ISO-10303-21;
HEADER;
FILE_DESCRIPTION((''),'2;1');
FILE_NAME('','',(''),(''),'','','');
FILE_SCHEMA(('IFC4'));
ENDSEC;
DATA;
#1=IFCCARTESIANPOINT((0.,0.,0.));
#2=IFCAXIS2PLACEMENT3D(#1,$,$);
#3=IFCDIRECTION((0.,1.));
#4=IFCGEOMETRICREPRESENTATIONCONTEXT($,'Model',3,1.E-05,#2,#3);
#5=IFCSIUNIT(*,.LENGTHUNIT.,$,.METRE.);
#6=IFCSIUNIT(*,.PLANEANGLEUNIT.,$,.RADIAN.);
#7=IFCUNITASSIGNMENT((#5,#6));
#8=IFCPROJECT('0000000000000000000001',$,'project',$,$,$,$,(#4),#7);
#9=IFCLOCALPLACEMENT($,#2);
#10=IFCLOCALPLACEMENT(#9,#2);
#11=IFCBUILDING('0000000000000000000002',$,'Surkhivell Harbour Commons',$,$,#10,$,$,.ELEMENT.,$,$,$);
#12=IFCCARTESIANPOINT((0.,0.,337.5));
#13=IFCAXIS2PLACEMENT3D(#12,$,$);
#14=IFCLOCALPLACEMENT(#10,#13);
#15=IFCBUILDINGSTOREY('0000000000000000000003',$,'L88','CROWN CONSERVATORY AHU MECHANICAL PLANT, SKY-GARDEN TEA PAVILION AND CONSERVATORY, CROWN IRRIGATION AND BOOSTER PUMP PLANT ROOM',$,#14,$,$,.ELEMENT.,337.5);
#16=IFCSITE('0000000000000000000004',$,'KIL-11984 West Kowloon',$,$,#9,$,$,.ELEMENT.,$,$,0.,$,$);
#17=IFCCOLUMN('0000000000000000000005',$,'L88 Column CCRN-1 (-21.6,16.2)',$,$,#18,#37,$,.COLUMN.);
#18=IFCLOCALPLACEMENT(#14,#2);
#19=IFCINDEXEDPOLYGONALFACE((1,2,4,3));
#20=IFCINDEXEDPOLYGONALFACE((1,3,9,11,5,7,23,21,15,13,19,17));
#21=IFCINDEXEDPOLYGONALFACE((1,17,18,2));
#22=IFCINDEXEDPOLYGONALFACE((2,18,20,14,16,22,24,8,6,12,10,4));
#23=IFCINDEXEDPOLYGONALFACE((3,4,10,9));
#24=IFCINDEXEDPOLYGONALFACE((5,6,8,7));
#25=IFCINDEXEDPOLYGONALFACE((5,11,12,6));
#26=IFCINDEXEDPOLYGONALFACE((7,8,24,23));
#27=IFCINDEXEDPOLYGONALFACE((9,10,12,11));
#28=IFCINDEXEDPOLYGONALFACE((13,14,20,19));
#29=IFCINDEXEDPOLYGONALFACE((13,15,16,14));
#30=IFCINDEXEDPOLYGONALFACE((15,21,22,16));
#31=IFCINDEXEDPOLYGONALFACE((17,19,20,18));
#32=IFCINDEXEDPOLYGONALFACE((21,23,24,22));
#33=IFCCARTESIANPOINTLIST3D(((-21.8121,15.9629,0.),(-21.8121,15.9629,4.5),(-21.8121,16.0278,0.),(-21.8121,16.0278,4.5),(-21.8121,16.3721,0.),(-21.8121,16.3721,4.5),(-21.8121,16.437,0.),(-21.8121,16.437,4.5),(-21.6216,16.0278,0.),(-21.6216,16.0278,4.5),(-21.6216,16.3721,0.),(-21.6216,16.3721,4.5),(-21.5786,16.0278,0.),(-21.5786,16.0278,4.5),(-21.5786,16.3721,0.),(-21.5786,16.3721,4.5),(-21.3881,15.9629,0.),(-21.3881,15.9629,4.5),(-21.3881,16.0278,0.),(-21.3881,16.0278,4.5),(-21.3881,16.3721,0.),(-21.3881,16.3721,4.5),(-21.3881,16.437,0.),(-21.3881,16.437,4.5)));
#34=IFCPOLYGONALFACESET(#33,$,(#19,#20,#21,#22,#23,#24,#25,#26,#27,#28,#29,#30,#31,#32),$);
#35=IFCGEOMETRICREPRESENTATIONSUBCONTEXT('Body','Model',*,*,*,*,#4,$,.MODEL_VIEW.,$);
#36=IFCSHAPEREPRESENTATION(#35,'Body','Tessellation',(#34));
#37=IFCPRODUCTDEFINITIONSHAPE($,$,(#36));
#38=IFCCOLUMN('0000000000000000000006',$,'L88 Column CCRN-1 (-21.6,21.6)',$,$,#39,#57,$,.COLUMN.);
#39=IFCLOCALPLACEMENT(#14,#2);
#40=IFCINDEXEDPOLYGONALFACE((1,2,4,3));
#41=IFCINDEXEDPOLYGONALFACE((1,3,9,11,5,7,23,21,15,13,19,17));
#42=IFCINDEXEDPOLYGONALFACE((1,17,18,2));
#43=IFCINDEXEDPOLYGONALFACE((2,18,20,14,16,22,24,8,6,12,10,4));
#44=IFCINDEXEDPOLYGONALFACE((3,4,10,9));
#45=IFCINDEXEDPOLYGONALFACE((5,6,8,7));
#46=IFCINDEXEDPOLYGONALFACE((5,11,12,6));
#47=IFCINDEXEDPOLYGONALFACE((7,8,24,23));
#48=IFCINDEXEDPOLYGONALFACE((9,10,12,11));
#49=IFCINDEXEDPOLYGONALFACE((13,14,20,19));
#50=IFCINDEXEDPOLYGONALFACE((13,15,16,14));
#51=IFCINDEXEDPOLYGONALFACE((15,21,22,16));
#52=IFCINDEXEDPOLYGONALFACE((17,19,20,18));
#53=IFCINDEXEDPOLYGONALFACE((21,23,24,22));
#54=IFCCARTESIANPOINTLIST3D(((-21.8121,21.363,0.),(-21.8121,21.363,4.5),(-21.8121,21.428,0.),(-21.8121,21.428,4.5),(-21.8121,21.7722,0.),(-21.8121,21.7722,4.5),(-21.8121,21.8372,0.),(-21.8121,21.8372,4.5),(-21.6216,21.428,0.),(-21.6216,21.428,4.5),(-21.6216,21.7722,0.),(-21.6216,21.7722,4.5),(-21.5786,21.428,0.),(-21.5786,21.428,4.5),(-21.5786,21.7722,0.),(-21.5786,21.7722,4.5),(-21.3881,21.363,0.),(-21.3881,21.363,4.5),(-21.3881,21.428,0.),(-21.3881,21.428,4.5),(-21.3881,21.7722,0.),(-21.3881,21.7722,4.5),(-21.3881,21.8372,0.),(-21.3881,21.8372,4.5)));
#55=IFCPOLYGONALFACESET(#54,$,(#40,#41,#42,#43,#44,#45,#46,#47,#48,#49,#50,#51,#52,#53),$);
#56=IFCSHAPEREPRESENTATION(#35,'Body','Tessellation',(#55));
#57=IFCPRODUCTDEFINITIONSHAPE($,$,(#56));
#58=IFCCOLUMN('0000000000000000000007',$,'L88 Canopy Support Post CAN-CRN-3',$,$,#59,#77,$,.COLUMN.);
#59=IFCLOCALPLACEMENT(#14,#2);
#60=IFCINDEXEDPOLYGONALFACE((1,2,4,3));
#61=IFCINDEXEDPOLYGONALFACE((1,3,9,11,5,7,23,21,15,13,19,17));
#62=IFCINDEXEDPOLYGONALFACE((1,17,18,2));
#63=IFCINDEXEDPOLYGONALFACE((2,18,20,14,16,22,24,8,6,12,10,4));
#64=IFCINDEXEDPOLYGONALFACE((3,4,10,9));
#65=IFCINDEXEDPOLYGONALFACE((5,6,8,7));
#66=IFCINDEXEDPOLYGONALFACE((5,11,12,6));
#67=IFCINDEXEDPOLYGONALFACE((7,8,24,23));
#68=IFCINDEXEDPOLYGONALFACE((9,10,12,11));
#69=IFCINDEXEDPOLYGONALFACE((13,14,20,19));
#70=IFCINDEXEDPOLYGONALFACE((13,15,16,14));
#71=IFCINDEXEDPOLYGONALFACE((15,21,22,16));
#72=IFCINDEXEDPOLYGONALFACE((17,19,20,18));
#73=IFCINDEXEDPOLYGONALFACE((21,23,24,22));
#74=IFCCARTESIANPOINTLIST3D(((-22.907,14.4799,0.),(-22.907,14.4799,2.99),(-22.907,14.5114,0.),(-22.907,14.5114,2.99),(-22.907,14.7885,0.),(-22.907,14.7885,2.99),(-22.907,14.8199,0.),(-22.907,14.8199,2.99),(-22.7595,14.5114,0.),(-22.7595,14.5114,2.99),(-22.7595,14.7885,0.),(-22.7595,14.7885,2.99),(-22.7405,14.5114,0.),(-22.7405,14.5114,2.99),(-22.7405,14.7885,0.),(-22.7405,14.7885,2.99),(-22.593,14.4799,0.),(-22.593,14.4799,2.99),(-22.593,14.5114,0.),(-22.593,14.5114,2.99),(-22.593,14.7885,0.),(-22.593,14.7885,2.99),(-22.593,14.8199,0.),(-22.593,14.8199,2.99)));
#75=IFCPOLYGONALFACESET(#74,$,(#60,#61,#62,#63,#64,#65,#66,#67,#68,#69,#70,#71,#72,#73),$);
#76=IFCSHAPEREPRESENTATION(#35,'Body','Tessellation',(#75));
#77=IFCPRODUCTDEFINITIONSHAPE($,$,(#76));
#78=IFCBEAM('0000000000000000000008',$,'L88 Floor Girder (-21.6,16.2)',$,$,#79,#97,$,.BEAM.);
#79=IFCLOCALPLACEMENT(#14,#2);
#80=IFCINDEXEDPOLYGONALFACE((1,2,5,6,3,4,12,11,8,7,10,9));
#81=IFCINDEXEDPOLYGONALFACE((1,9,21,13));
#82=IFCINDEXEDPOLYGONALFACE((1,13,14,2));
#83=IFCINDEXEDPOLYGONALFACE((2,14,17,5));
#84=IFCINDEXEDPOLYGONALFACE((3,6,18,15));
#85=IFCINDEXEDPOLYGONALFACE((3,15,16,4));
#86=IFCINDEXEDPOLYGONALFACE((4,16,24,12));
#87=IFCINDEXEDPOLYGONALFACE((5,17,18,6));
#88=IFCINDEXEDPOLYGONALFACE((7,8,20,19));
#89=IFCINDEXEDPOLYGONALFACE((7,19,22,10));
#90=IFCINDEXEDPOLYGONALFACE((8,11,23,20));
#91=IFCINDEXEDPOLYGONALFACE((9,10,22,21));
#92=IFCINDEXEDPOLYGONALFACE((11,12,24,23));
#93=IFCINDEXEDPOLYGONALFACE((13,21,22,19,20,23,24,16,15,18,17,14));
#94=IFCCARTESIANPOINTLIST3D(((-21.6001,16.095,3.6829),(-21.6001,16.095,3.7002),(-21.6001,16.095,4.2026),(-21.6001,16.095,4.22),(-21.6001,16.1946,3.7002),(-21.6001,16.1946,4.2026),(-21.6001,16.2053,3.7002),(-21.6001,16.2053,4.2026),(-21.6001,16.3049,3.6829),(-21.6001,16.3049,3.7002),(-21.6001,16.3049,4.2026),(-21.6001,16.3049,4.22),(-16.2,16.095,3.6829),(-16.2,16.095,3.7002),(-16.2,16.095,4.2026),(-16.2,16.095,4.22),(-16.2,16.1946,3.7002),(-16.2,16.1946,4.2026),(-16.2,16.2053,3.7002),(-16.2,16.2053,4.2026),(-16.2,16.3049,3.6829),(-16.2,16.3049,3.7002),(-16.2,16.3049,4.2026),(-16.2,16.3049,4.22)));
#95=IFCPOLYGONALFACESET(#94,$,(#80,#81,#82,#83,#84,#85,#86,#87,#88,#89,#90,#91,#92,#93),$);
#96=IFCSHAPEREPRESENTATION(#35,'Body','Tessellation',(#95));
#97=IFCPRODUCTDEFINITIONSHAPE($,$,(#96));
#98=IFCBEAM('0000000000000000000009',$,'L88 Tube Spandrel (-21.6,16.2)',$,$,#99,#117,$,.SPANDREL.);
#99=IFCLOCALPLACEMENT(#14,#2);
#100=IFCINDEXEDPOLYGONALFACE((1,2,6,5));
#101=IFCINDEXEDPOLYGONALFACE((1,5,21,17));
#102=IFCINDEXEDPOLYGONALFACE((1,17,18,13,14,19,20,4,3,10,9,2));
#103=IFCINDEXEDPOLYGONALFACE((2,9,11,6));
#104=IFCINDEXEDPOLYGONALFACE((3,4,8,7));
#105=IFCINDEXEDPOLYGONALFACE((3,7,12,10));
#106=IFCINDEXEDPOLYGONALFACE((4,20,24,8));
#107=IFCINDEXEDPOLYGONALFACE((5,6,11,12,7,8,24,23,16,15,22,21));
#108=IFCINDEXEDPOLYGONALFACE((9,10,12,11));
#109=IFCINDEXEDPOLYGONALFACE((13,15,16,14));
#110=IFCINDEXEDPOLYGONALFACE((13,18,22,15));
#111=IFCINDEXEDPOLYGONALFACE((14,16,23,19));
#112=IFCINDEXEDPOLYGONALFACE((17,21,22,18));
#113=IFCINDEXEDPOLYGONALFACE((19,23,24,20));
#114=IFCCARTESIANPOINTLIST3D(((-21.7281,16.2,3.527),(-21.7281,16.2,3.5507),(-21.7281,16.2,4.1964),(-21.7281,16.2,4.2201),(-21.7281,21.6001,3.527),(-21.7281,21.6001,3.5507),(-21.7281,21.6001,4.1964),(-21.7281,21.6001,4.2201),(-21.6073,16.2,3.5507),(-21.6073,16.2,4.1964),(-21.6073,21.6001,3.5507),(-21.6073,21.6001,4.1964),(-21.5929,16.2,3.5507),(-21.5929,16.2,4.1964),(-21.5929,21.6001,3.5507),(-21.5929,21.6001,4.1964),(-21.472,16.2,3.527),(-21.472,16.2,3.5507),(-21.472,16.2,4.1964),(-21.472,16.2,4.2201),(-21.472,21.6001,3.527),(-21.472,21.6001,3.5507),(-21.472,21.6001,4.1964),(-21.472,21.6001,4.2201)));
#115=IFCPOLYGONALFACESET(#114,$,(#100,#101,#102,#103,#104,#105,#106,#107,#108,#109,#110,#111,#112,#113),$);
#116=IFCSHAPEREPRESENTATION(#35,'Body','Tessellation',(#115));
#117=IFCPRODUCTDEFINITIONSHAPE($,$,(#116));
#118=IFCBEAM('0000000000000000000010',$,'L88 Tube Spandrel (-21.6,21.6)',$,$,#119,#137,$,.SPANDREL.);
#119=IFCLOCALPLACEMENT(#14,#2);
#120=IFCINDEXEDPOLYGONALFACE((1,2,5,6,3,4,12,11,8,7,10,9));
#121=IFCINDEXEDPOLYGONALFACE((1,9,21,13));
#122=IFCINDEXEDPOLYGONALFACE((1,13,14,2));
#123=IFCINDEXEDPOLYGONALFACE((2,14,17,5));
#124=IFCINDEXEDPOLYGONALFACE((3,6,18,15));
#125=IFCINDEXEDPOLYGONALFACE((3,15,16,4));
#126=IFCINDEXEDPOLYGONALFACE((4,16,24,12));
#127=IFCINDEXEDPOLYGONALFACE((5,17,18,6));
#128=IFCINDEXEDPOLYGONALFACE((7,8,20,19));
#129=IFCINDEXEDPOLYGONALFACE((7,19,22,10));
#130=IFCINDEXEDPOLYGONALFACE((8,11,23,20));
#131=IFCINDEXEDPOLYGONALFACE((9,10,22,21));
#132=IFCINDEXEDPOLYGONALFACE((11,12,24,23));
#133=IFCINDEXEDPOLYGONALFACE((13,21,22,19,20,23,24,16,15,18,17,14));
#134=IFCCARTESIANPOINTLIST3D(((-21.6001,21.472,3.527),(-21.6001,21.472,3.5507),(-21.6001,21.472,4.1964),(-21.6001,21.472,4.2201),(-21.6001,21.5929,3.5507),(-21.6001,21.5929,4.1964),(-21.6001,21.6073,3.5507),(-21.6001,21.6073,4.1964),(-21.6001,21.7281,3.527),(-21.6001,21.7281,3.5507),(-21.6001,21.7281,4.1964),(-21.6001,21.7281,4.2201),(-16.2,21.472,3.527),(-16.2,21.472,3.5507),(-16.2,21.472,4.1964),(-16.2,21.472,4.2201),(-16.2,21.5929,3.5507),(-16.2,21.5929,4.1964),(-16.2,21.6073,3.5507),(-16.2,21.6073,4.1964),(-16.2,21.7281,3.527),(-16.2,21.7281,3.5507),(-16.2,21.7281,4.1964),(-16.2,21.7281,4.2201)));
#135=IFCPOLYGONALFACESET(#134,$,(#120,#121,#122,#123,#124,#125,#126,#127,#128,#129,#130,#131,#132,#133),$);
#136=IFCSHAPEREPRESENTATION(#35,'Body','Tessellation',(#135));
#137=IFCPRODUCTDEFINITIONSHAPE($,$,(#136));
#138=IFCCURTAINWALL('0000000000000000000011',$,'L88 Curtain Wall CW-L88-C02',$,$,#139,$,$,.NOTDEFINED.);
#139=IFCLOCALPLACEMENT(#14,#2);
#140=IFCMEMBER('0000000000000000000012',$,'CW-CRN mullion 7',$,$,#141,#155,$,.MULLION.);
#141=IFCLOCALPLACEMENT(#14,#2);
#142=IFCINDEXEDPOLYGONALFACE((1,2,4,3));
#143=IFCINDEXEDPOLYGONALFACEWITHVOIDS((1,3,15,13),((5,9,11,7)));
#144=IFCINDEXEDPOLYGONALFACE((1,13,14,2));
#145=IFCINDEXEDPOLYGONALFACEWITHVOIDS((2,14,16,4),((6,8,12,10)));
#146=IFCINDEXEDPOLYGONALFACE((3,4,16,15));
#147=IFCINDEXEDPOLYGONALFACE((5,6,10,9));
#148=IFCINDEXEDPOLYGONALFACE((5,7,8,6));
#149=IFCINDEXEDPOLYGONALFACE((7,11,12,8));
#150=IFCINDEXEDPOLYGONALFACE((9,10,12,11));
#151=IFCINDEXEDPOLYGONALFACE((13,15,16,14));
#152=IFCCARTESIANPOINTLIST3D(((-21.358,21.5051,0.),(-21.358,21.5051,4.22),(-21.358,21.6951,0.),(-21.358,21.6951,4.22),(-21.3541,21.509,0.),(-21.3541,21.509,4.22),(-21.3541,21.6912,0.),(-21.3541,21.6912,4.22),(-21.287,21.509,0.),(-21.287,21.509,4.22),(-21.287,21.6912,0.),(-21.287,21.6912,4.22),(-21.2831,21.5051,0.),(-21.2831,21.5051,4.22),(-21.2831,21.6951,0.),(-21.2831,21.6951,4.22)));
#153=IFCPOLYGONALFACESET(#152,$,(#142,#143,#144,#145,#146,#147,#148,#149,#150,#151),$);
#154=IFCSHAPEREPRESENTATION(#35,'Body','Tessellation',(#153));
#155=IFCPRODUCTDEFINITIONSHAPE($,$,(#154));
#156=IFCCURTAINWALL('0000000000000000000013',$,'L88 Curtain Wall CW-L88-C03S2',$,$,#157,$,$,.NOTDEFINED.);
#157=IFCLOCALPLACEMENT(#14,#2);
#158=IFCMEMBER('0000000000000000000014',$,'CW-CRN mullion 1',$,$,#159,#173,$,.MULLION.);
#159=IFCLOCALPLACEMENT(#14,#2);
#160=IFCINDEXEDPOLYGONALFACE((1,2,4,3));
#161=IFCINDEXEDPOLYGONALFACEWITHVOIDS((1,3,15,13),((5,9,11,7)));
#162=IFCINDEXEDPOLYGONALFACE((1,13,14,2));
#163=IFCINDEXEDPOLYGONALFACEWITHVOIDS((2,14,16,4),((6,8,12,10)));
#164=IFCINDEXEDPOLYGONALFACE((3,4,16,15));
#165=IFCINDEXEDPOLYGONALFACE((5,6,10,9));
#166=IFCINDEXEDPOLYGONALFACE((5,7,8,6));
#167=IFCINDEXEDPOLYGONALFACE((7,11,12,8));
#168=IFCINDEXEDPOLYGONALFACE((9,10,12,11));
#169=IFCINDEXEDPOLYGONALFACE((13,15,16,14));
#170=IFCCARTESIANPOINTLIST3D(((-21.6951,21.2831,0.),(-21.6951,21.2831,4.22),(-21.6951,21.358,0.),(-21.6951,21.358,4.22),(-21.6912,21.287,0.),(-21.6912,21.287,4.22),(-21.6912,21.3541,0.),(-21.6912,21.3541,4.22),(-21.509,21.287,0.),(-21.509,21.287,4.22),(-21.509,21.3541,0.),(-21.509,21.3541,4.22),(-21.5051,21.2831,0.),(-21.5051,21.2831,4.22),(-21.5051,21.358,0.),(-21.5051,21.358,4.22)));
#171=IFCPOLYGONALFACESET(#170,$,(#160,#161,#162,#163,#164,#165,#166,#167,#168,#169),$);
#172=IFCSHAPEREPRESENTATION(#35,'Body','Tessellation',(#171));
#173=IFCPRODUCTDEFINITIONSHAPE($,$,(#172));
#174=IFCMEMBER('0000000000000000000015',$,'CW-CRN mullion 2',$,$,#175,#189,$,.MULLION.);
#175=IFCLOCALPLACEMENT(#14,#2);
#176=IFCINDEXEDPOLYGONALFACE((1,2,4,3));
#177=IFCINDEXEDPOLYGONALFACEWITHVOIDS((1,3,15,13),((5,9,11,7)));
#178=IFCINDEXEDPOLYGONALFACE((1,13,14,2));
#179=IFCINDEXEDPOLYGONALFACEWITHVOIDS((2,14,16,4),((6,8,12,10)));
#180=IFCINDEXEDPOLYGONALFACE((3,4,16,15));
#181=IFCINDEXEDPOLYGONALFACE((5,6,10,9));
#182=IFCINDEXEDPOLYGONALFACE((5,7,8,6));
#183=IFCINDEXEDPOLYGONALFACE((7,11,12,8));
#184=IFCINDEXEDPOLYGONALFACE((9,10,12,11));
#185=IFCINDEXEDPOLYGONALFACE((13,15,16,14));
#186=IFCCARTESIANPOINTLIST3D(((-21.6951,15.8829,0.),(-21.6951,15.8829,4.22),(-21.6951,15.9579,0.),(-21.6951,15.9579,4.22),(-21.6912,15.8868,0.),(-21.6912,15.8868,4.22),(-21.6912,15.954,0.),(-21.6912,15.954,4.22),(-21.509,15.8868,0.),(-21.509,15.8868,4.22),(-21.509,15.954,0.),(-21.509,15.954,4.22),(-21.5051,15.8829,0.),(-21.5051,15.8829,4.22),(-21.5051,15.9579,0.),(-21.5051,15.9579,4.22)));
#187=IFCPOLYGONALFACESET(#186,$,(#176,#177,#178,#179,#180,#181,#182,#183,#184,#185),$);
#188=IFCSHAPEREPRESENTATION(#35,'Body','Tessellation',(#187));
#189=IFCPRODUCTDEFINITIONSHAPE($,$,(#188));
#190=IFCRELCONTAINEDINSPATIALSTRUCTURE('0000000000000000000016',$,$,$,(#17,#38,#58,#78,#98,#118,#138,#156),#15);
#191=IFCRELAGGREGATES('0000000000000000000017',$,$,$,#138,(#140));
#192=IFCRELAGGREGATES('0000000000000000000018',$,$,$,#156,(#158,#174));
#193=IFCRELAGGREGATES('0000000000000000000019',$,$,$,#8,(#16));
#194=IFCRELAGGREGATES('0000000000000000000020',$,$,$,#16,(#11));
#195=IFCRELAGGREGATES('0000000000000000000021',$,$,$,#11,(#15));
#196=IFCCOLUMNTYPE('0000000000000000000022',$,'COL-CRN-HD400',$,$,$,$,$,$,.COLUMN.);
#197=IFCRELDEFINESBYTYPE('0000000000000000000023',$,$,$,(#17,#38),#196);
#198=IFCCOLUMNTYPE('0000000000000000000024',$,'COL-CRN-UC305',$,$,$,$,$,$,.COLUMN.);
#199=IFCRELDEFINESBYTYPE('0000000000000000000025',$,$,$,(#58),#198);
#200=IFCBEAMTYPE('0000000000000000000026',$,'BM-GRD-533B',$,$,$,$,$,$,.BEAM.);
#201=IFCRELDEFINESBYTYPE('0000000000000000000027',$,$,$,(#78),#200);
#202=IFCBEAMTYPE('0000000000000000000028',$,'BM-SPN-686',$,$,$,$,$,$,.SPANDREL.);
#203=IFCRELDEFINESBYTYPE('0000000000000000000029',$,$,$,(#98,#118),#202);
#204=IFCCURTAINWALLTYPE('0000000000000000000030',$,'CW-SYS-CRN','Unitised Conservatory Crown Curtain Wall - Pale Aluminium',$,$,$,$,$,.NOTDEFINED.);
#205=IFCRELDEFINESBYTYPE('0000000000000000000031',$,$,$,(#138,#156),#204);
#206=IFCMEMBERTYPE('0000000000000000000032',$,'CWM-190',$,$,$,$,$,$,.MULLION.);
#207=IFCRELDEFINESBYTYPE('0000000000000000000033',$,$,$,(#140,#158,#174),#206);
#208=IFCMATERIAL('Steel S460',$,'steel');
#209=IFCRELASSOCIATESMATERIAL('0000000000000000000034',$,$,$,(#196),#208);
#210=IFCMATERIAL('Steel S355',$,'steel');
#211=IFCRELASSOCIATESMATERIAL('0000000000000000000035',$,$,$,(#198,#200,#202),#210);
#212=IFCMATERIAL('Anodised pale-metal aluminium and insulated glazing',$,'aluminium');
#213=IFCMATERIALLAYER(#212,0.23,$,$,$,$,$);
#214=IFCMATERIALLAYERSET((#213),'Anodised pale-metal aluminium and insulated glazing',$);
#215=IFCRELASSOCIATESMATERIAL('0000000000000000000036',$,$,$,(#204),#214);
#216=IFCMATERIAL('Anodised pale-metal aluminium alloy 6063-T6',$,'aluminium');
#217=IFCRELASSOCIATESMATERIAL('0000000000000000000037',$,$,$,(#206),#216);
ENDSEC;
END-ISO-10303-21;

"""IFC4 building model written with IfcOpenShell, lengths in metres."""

from ifc_helpers import new_model, si_unit, direction, frame, origin, origin_2d, place, context, subcontext, project, spatial, hollow_rectangle, i_section, extrude, material, layer, layer_set, material_profile, profile_set, type_object, element, aggregate, save


model = new_model("IFC4")

# Units and contexts
model_context = context("Model", 3, precision=1e-05, world=origin(), true_north=direction((0.0, 1.0)))
body_context = subcontext(model_context, "Body", "Model", "MODEL_VIEW")
ifc_project = project(units=[si_unit("LENGTHUNIT", "METRE"), si_unit("PLANEANGLEUNIT", "RADIAN")], contexts=[model_context])

# Site, building, storey
site_placement = place(None, origin())
site = spatial("IfcSite", under=ifc_project, at=site_placement, Name="KIL-11984 West Kowloon", CompositionType="ELEMENT", RefElevation=0.0)
building_placement = place(site_placement, origin())
building = spatial("IfcBuilding", under=site, at=building_placement, Name="Surkhivell Harbour Commons", CompositionType="ELEMENT")
storey_placement = place(building_placement, frame((0.0, 0.0, 337.5)))
storey = spatial("IfcBuildingStorey", under=building, at=storey_placement, Name="L88", Description="CROWN CONSERVATORY AHU MECHANICAL PLANT, SKY-GARDEN TEA PAVILION AND CONSERVATORY, CROWN IRRIGATION AND BOOSTER PUMP PLANT ROOM", CompositionType="ELEMENT", Elevation=337.5)

# Columns
ifc_material_1 = material(Name="Steel S460", Category="steel")
ifc_material_profile_1 = material_profile(ifc_material_1, i_section(OverallWidth=0.4241, OverallDepth=0.4741, WebThickness=0.043, FlangeThickness=0.0649, at=origin_2d()), Name="HD400x634")
ifc_profile_set_1 = profile_set([ifc_material_profile_1], Name="Steel S460")
column_type_1 = type_object("IfcColumnType", Name="COL-CRN-HD400", PredefinedType="COLUMN", material=ifc_profile_set_1)
for number, where, z_axis, x_axis, name in (
    (1, (-21.6001, 16.2, 0.0), (0.0, 0.0, 1.0), (1.0, 0.0, 0.0), "L88 Column CCRN-1 (-21.6,16.2)"),
    (2, (-21.6001, 21.6001, 0.0), (0.0, 0.0, 1.0), (1.0, 0.0, 0.0), "L88 Column CCRN-1 (-21.6,21.6)"),
):
    element("IfcColumn", number, at=place(storey_placement, frame(where, z_axis=z_axis, x_axis=x_axis)), inside=storey, type_object=column_type_1, Name=name, PredefinedType="COLUMN", context=body_context, shape_type="SweptSolid", body=[
        extrude(i_section(OverallWidth=0.4241, OverallDepth=0.4741, WebThickness=0.043, FlangeThickness=0.0649, at=origin_2d()), origin(), (0.0, 0.0, 1.0), 4.5),
    ])
ifc_material_2 = material(Name="Steel S355", Category="steel")
ifc_material_profile_2 = material_profile(ifc_material_2, i_section(OverallWidth=0.314, OverallDepth=0.3401, WebThickness=0.019, FlangeThickness=0.0315, at=origin_2d()), Name="UC305x305x198")
ifc_profile_set_2 = profile_set([ifc_material_profile_2], Name="Steel S355")
column_type_2 = type_object("IfcColumnType", Name="COL-CRN-UC305", PredefinedType="COLUMN", material=ifc_profile_set_2)
column_placement = place(storey_placement, frame((-22.75, 14.6499, 0.0), z_axis=(0.0, 0.0, 1.0), x_axis=(1.0, 0.0, 0.0)))
element("IfcColumn", 3, at=column_placement, inside=storey, type_object=column_type_2, Name="L88 Canopy Support Post CAN-CRN-3", PredefinedType="COLUMN", context=body_context, shape_type="SweptSolid", body=[
    extrude(i_section(OverallWidth=0.314, OverallDepth=0.3401, WebThickness=0.019, FlangeThickness=0.0315, at=origin_2d()), origin(), (0.0, 0.0, 1.0), 2.99),
])

# Beams
ifc_material_profile_3 = material_profile(ifc_material_2, i_section(OverallWidth=0.21, OverallDepth=0.5371, WebThickness=0.0107, FlangeThickness=0.0173, at=origin_2d()), Name="UB533x210x101")
ifc_profile_set_3 = profile_set([ifc_material_profile_3], Name="Steel S355")
beam_type_1 = type_object("IfcBeamType", Name="BM-GRD-533B", PredefinedType="BEAM", material=ifc_profile_set_3)
beam_placement = place(storey_placement, frame((-21.6001, 16.2, 3.9514), z_axis=(1.0, 0.0, 0.0), x_axis=(0.0, 1.0, 0.0)))
element("IfcBeam", 4, at=beam_placement, inside=storey, type_object=beam_type_1, Name="L88 Floor Girder (-21.6,16.2)", PredefinedType="BEAM", context=body_context, shape_type="SweptSolid", body=[
    extrude(i_section(OverallWidth=0.21, OverallDepth=0.5371, WebThickness=0.0107, FlangeThickness=0.0173, at=origin_2d()), origin(), (0.0, 0.0, 1.0), 5.4001),
])
ifc_material_profile_4 = material_profile(ifc_material_2, i_section(OverallWidth=0.2561, OverallDepth=0.6931, WebThickness=0.0144, FlangeThickness=0.0237, at=origin_2d()), Name="UB686x254x170")
ifc_profile_set_4 = profile_set([ifc_material_profile_4], Name="Steel S355")
beam_type_2 = type_object("IfcBeamType", Name="BM-SPN-686", PredefinedType="SPANDREL", material=ifc_profile_set_4)
for number, where, z_axis, x_axis, name in (
    (5, (-21.6001, 16.2, 3.8735), (0.0, 1.0, 0.0), (-1.0, 0.0, 0.0), "L88 Tube Spandrel (-21.6,16.2)"),
    (6, (-21.6001, 21.6001, 3.8735), (1.0, 0.0, 0.0), (0.0, 1.0, 0.0), "L88 Tube Spandrel (-21.6,21.6)"),
):
    element("IfcBeam", number, at=place(storey_placement, frame(where, z_axis=z_axis, x_axis=x_axis)), inside=storey, type_object=beam_type_2, Name=name, PredefinedType="SPANDREL", context=body_context, shape_type="SweptSolid", body=[
        extrude(i_section(OverallWidth=0.2561, OverallDepth=0.6931, WebThickness=0.0144, FlangeThickness=0.0237, at=origin_2d()), origin(), (0.0, 0.0, 1.0), 5.4001),
    ])

# Curtain wall, member
ifc_material_3 = material(Name="Anodised pale-metal aluminium and insulated glazing", Category="aluminium")
ifc_layer_1 = layer(ifc_material_3, 0.23)
ifc_layer_set_1 = layer_set([ifc_layer_1], Name="Anodised pale-metal aluminium and insulated glazing")
curtain_wall_type = type_object("IfcCurtainWallType", Name="CW-SYS-CRN", Description="Unitised Conservatory Crown Curtain Wall - Pale Aluminium", PredefinedType="NOTDEFINED", material=ifc_layer_set_1)
curtain_wall_1_placement = place(storey_placement, origin())
curtain_wall_1 = element("IfcCurtainWall", 7, at=curtain_wall_1_placement, inside=storey, type_object=curtain_wall_type, Name="L88 Curtain Wall CW-L88-C02", PredefinedType="NOTDEFINED")
ifc_material_4 = material(Name="Anodised pale-metal aluminium alloy 6063-T6", Category="aluminium")
ifc_material_profile_5 = material_profile(ifc_material_4, hollow_rectangle(XDim=0.075, YDim=0.1899, WallThickness=0.0039, at=origin_2d()), Name="ALU-MULL-75x190")
ifc_profile_set_5 = profile_set([ifc_material_profile_5], Name="Anodised pale-metal aluminium alloy 6063-T6")
member_type_1 = type_object("IfcMemberType", Name="CWM-190", PredefinedType="MULLION", material=ifc_profile_set_5)
member_1_placement = place(storey_placement, frame((-21.3206, 21.6001, 0.0), z_axis=(0.0, 0.0, 1.0), x_axis=(-1.0, 0.0, 0.0)))
member_1 = element("IfcMember", 8, at=member_1_placement, type_object=member_type_1, Name="CW-CRN mullion 7", PredefinedType="MULLION", context=body_context, shape_type="SweptSolid", body=[
    extrude(hollow_rectangle(XDim=0.075, YDim=0.1899, WallThickness=0.0039, at=origin_2d()), origin(), (0.0, 0.0, 1.0), 4.22),
])

# Curtain wall, members
curtain_wall_2_placement = place(storey_placement, origin())
curtain_wall_2 = element("IfcCurtainWall", 9, at=curtain_wall_2_placement, inside=storey, type_object=curtain_wall_type, Name="L88 Curtain Wall CW-L88-C03S2", PredefinedType="NOTDEFINED")
member_2_placement = place(storey_placement, frame((-21.6001, 21.3206, 0.0), z_axis=(0.0, 0.0, 1.0), x_axis=(0.0, -1.0, 0.0)))
member_2 = element("IfcMember", 10, at=member_2_placement, type_object=member_type_1, Name="CW-CRN mullion 1", PredefinedType="MULLION", context=body_context, shape_type="SweptSolid", body=[
    extrude(hollow_rectangle(XDim=0.075, YDim=0.1899, WallThickness=0.0039, at=origin_2d()), origin(), (0.0, 0.0, 1.0), 4.22),
])
member_3_placement = place(storey_placement, frame((-21.6001, 15.9204, 0.0), z_axis=(0.0, 0.0, 1.0), x_axis=(0.0, -1.0, 0.0)))
member_3 = element("IfcMember", 11, at=member_3_placement, type_object=member_type_1, Name="CW-CRN mullion 2", PredefinedType="MULLION", context=body_context, shape_type="SweptSolid", body=[
    extrude(hollow_rectangle(XDim=0.075, YDim=0.1899, WallThickness=0.0039, at=origin_2d()), origin(), (0.0, 0.0, 1.0), 4.22),
])

aggregate(curtain_wall_1, [member_1])

aggregate(curtain_wall_2, [member_2, member_3])

save(model, "model.ifc")
